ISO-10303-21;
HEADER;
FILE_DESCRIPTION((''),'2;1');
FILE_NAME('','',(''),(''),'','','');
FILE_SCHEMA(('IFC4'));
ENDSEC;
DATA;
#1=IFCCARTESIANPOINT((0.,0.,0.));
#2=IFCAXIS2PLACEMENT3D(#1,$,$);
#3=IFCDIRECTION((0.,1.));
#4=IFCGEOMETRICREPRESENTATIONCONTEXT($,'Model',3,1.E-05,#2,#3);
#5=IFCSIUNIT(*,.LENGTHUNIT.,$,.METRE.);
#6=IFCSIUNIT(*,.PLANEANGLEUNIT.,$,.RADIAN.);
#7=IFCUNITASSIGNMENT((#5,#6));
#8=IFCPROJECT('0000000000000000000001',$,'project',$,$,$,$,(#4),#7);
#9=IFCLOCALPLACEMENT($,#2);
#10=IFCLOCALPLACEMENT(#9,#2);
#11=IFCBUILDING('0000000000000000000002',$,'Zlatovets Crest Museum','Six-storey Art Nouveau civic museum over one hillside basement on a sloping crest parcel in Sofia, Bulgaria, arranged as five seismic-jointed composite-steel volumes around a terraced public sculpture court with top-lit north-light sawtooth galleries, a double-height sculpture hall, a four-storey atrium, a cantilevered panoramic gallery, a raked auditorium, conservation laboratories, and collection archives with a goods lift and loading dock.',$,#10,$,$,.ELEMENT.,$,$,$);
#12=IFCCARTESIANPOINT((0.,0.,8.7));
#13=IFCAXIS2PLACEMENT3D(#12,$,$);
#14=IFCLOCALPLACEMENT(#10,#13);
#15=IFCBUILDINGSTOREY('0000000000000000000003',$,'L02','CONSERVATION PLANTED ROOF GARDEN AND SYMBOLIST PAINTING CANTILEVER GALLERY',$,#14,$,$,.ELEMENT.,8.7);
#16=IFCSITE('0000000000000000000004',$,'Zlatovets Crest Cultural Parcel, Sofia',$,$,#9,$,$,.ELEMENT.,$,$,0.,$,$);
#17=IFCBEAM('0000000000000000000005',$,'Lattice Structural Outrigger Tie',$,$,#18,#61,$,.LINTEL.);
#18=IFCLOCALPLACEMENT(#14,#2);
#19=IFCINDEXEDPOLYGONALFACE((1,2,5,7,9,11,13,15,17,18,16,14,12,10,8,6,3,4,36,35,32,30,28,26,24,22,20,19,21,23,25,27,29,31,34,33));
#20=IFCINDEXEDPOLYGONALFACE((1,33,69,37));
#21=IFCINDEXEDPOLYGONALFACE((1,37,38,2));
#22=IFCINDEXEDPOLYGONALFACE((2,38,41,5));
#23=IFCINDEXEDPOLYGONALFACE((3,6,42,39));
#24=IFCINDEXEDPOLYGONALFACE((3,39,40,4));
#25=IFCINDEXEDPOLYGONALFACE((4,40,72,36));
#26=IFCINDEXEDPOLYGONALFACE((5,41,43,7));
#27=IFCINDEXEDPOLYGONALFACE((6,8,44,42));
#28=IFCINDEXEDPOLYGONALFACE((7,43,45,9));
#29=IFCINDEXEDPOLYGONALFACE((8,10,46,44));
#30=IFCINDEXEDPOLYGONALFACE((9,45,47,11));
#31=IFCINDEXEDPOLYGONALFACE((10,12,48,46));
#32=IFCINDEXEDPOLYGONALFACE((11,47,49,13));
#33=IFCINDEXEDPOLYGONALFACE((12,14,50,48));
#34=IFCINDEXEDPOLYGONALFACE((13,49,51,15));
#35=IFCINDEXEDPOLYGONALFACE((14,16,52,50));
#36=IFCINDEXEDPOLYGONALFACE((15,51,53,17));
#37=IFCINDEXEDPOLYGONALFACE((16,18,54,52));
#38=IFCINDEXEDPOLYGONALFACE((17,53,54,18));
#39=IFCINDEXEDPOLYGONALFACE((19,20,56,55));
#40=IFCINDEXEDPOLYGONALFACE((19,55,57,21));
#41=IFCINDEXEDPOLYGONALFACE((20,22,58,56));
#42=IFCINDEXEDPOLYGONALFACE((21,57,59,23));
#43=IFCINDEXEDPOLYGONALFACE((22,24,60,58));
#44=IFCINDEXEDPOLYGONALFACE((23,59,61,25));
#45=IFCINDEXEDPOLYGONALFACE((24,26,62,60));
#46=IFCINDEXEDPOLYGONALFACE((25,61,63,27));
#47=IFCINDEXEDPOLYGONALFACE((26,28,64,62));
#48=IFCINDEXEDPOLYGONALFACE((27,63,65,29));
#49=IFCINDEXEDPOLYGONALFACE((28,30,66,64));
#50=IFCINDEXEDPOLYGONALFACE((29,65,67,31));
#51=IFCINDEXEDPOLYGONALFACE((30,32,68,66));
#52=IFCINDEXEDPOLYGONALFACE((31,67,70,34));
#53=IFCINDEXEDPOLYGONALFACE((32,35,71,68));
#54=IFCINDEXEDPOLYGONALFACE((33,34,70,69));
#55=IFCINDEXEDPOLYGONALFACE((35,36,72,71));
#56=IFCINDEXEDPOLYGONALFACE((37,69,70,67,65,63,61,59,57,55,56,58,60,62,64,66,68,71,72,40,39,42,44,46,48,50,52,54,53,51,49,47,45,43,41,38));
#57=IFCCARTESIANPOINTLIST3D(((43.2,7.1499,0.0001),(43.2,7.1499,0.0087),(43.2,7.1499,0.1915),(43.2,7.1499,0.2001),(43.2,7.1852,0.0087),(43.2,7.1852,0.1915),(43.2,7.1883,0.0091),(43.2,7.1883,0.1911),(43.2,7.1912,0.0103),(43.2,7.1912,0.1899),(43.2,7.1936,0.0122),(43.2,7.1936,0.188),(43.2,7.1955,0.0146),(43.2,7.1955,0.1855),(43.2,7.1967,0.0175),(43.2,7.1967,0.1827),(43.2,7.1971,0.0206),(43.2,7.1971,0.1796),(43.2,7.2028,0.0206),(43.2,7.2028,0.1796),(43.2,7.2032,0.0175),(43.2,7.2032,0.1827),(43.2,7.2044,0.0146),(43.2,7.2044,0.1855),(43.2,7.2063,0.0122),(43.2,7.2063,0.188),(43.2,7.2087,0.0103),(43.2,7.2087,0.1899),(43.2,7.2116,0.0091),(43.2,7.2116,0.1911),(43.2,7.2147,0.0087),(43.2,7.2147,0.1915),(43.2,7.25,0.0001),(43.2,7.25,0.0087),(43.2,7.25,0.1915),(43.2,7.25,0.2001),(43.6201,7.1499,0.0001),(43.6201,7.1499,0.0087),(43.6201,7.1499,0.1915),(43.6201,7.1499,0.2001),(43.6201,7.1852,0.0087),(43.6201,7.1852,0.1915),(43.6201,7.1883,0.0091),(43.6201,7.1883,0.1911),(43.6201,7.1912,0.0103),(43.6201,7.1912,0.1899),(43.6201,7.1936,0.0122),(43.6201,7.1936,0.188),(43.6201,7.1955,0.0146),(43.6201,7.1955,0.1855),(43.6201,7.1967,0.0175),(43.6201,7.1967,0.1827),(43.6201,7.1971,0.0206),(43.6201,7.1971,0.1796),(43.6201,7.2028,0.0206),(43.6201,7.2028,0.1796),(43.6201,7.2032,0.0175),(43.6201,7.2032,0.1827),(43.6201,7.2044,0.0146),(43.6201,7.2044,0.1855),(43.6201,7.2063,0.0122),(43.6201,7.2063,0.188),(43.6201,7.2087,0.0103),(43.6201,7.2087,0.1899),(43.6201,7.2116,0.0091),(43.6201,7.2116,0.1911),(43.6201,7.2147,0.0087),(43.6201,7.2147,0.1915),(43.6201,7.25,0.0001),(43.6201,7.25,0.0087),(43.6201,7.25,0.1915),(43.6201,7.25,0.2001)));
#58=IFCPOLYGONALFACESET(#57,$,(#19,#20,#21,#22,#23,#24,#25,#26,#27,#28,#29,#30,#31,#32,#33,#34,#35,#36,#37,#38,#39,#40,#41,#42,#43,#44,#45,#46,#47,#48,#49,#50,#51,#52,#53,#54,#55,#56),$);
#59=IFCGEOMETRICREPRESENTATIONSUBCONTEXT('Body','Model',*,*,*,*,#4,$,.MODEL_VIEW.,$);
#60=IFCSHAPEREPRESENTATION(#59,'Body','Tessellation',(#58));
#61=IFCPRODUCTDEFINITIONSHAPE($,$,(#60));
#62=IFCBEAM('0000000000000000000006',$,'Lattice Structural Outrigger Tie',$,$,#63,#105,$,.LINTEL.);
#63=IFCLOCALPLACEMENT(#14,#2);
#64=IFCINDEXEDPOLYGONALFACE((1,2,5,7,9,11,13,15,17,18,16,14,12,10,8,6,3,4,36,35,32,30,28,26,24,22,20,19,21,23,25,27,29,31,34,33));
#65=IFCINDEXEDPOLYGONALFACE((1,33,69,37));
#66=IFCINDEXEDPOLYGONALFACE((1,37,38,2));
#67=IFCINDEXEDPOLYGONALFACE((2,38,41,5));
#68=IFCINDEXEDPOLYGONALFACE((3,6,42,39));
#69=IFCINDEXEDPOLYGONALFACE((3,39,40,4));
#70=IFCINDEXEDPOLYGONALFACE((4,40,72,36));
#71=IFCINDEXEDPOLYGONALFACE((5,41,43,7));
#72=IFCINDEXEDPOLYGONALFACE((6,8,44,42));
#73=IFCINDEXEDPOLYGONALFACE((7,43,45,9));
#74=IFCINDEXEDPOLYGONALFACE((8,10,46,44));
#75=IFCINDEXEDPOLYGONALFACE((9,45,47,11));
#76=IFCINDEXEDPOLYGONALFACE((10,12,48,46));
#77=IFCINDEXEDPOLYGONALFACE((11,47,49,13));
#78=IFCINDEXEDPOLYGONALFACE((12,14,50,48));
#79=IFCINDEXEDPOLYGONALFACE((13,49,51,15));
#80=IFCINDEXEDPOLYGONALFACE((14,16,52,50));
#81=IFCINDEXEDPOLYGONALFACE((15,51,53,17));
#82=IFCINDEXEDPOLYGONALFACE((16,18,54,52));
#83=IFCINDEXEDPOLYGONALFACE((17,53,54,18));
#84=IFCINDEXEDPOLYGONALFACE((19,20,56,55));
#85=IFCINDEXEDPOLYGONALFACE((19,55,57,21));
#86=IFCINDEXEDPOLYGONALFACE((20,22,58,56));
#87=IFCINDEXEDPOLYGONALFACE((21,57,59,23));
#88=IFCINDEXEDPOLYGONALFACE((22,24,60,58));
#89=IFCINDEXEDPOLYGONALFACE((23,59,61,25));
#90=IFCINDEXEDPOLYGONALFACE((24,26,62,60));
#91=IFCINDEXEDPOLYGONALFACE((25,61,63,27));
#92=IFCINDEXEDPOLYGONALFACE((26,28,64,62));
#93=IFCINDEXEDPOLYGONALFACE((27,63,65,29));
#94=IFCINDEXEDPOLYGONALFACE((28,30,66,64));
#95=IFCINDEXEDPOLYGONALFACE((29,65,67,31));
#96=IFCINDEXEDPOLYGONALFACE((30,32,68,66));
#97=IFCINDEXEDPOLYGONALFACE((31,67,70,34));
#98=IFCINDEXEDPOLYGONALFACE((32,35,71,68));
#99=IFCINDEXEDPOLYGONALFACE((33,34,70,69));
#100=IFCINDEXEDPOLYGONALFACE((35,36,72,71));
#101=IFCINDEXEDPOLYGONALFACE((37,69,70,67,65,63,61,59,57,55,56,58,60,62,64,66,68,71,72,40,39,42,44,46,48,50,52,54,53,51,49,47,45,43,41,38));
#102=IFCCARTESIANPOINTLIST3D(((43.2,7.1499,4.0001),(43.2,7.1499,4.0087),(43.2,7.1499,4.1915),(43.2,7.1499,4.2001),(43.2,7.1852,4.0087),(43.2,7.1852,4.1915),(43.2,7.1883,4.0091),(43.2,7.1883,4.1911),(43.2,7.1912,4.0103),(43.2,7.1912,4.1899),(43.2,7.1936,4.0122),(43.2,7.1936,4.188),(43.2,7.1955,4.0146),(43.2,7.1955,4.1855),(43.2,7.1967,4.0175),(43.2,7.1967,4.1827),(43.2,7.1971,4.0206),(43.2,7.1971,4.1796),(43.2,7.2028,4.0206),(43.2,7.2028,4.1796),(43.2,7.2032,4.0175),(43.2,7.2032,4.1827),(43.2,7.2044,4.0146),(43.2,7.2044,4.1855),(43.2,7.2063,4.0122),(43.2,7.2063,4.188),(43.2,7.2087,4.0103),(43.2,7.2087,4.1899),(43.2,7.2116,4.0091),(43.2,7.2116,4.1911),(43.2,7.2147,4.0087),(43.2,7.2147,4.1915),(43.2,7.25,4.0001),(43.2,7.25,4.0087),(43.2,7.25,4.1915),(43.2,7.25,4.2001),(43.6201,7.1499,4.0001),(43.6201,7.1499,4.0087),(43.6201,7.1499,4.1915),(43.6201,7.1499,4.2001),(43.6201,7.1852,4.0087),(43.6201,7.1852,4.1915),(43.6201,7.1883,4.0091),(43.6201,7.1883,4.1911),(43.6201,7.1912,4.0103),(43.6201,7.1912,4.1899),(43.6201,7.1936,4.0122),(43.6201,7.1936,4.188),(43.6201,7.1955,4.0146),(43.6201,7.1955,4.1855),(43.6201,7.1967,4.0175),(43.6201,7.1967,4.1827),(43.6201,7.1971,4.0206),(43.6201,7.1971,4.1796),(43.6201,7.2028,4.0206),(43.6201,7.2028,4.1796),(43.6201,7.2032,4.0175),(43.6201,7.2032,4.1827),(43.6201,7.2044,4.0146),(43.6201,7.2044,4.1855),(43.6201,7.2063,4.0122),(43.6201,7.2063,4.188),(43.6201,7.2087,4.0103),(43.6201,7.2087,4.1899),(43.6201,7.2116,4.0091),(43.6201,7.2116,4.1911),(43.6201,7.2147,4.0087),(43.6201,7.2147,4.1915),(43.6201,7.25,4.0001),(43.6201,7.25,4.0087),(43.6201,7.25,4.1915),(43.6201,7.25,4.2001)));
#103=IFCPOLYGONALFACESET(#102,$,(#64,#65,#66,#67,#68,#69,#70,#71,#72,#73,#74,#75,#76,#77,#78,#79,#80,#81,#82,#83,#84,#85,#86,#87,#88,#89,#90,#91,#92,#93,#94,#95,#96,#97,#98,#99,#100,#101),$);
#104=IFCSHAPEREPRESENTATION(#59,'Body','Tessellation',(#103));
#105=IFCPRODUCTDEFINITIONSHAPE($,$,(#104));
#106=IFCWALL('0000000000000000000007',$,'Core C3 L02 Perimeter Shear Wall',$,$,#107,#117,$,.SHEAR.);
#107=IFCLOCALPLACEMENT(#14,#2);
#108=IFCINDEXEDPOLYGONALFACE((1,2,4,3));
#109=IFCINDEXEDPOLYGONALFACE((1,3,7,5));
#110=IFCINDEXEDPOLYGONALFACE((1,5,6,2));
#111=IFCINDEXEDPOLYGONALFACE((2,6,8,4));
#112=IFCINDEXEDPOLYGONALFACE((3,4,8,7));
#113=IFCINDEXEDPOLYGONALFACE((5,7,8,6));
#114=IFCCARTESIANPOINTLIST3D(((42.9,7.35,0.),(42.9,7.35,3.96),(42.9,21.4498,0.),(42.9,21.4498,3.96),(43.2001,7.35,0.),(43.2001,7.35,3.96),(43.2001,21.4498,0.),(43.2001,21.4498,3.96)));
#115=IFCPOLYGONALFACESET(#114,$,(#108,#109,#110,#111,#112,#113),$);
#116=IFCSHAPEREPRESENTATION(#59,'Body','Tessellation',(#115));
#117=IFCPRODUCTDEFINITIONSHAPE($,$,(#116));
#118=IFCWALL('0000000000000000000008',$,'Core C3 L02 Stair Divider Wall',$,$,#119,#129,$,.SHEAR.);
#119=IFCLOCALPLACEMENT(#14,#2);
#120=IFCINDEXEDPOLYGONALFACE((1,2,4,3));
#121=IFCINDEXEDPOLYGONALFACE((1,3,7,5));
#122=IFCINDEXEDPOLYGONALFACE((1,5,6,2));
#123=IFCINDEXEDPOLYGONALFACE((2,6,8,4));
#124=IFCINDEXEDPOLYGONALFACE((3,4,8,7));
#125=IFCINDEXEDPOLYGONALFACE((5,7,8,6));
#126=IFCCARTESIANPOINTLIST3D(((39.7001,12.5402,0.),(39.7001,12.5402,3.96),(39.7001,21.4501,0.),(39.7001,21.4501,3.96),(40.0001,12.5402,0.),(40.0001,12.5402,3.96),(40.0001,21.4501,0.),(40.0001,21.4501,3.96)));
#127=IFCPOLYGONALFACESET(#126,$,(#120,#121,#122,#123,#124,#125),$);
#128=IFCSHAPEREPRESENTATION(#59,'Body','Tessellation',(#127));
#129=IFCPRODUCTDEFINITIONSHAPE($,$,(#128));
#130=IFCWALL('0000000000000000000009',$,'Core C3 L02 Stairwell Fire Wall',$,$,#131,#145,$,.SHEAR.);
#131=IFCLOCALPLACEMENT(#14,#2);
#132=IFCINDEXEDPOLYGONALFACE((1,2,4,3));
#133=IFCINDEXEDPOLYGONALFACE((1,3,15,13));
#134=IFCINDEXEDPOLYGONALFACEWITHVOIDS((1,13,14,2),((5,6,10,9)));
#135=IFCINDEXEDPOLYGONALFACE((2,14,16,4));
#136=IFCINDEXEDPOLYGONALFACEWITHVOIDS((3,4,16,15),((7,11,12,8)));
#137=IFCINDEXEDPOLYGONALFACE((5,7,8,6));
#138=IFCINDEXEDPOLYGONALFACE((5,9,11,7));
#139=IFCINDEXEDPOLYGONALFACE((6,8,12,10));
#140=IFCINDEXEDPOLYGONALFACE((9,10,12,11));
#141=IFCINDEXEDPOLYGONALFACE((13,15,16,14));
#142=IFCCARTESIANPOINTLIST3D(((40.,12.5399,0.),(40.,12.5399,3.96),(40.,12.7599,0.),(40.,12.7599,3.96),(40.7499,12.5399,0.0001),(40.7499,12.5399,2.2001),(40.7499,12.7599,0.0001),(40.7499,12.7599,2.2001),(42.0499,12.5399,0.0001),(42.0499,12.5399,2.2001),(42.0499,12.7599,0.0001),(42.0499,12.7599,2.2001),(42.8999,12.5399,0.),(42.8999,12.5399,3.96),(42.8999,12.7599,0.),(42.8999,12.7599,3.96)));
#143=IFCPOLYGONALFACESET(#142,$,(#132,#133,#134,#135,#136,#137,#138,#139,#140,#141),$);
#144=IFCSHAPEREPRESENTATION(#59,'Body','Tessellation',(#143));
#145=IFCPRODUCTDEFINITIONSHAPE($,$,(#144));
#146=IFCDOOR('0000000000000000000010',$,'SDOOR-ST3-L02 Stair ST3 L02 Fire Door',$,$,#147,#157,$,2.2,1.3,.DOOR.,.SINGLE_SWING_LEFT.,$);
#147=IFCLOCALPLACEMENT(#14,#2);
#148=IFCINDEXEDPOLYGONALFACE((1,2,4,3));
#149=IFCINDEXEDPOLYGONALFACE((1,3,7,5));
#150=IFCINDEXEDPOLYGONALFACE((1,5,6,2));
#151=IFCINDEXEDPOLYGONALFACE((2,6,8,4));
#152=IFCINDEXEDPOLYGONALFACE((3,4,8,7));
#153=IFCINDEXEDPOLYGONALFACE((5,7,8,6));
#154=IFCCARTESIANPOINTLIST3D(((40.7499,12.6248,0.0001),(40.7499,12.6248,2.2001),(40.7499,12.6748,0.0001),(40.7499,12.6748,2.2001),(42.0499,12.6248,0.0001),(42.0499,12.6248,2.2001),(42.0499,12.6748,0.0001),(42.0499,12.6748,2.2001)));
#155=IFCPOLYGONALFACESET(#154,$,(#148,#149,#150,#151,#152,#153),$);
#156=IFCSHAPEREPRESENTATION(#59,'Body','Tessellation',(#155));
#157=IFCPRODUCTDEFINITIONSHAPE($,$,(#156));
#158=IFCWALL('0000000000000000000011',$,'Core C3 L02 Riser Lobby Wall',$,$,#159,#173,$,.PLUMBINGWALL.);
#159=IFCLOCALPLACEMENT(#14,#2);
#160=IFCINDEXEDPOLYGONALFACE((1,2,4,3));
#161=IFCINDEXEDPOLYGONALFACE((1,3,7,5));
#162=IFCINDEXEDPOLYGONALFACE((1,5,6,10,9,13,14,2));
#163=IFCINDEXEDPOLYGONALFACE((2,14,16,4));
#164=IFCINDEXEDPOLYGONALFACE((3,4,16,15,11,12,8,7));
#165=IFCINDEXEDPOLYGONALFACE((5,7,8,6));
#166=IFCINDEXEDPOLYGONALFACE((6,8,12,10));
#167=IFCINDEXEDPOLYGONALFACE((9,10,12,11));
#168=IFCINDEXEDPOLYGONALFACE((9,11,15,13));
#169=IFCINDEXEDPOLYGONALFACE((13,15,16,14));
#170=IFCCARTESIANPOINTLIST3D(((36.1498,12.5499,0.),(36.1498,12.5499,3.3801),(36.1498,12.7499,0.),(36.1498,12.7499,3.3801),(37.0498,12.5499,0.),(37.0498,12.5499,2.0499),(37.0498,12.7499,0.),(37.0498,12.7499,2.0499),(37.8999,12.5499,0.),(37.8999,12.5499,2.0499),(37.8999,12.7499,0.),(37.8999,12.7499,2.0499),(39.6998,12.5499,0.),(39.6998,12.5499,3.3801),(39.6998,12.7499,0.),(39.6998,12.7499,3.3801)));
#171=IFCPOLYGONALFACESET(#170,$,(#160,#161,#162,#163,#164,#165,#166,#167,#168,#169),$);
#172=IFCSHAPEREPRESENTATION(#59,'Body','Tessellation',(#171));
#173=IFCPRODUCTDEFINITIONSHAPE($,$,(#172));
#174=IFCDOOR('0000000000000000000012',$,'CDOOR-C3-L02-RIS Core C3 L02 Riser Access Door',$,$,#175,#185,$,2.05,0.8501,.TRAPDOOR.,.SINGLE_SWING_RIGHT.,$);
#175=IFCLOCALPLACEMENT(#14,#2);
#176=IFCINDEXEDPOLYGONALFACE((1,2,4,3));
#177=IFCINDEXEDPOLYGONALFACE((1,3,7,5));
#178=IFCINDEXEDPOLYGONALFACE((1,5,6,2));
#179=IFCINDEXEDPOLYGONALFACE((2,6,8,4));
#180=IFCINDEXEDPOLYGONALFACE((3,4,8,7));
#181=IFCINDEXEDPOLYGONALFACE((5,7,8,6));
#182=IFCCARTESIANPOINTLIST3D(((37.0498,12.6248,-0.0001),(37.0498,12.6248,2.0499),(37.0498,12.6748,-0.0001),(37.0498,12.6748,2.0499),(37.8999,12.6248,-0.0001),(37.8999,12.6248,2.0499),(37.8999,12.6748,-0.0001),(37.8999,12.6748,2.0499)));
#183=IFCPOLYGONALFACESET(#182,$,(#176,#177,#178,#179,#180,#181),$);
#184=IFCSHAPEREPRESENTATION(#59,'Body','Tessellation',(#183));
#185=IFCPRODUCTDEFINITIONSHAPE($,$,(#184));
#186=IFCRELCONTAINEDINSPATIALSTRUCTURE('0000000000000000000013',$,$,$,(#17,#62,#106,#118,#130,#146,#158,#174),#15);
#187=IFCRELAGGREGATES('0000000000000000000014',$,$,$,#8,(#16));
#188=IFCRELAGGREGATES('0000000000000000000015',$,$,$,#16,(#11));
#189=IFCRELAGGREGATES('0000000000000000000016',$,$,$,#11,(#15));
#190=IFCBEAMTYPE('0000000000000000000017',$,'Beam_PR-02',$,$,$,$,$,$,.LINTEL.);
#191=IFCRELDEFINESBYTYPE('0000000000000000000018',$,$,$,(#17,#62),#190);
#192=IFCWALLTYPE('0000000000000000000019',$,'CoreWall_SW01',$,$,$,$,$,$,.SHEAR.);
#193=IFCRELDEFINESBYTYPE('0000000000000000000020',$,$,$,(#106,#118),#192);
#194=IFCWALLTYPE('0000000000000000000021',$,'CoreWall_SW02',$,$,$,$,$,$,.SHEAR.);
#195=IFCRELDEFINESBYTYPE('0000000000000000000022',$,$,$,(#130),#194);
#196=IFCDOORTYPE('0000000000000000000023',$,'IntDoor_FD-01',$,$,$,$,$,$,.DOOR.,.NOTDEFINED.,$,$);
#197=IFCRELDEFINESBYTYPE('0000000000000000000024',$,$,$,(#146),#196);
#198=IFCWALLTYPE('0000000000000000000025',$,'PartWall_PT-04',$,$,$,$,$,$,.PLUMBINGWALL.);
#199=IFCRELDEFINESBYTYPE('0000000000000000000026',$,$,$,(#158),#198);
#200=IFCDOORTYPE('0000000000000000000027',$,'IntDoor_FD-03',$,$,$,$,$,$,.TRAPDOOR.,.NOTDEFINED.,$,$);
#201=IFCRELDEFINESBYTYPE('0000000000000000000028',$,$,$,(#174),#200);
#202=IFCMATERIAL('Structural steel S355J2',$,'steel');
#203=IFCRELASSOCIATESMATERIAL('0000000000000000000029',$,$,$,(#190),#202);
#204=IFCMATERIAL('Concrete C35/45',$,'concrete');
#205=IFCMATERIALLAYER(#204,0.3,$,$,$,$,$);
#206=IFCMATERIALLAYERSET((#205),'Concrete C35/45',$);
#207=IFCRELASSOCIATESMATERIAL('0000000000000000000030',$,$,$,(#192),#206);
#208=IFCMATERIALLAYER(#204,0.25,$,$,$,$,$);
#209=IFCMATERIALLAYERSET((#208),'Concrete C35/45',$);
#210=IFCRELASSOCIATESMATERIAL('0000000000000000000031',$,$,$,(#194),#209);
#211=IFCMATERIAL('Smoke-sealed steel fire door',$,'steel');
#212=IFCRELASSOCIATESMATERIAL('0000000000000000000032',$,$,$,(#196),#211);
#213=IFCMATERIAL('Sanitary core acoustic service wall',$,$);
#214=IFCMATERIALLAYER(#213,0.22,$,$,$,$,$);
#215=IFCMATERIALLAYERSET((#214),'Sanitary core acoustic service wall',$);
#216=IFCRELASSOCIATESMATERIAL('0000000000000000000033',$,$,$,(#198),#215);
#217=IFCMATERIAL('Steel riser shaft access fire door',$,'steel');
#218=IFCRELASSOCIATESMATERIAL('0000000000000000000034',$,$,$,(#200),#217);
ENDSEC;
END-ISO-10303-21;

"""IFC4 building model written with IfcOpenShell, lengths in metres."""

from ifc_helpers import new_model, si_unit, direction, frame, frame_2d, origin, origin_2d, place, context, subcontext, project, spatial, rectangle, i_section, extrude, material, layer, layer_set, material_profile, profile_set, type_object, element, fill, save


model = new_model("IFC4")

# Units and contexts
model_context = context("Model", 3, precision=1e-05, world=origin(), true_north=direction((0.0, 1.0)))
body_context = subcontext(model_context, "Body", "Model", "MODEL_VIEW")
ifc_project = project(units=[si_unit("LENGTHUNIT", "METRE"), si_unit("PLANEANGLEUNIT", "RADIAN")], contexts=[model_context])

# Site, building, storey
site_placement = place(None, origin())
site = spatial("IfcSite", under=ifc_project, at=site_placement, Name="Zlatovets Crest Cultural Parcel, Sofia", CompositionType="ELEMENT", RefElevation=0.0)
building_placement = place(site_placement, origin())
building = spatial("IfcBuilding", under=site, at=building_placement, Name="Zlatovets Crest Museum", Description="Six-storey Art Nouveau civic museum over one hillside basement on a sloping crest parcel in Sofia, Bulgaria, arranged as five seismic-jointed composite-steel volumes around a terraced public sculpture court with top-lit north-light sawtooth galleries, a double-height sculpture hall, a four-storey atrium, a cantilevered panoramic gallery, a raked auditorium, conservation laboratories, and collection archives with a goods lift and loading dock.", CompositionType="ELEMENT")
storey_placement = place(building_placement, frame((0.0, 0.0, 8.7)))
storey = spatial("IfcBuildingStorey", under=building, at=storey_placement, Name="L02", Description="CONSERVATION PLANTED ROOF GARDEN AND SYMBOLIST PAINTING CANTILEVER GALLERY", CompositionType="ELEMENT", Elevation=8.7)

# Shared definitions
ifc_material_1 = material(Name="Structural steel S355J2", Category="steel")

# Beams
ifc_material_profile_1 = material_profile(ifc_material_1, i_section(OverallWidth=0.1001, OverallDepth=0.2, WebThickness=0.0056, FlangeThickness=0.0085, FilletRadius=0.012, at=origin_2d()), Name="IPE 200")
ifc_profile_set_1 = profile_set([ifc_material_profile_1], Name="Structural steel S355J2")
beam_type_1 = type_object("IfcBeamType", Name="Beam_PR-02", PredefinedType="LINTEL", material=ifc_profile_set_1)
for number, where, z_axis, x_axis, name in (
    (1, (43.2, 7.2, 0.1001), (1.0, 0.0, 0.0), (0.0, 1.0, 0.0), "Lattice Structural Outrigger Tie"),
    (2, (43.2, 7.2, 4.1001), (1.0, 0.0, 0.0), (0.0, 1.0, 0.0), "Lattice Structural Outrigger Tie"),
):
    element("IfcBeam", number, at=place(storey_placement, frame(where, z_axis=z_axis, x_axis=x_axis)), inside=storey, type_object=beam_type_1, Name=name, PredefinedType="LINTEL", context=body_context, shape_type="SweptSolid", body=[
        extrude(i_section(OverallWidth=0.1001, OverallDepth=0.2, WebThickness=0.0056, FlangeThickness=0.0085, FilletRadius=0.012, at=origin_2d()), origin(), (0.0, 0.0, 1.0), 0.4202),
    ])

# Walls
ifc_material_2 = material(Name="Concrete C35/45", Category="concrete")
ifc_layer_1 = layer(ifc_material_2, 0.3)
ifc_layer_set_1 = layer_set([ifc_layer_1], Name="Concrete C35/45")
wall_type_1 = type_object("IfcWallType", Name="CoreWall_SW01", PredefinedType="SHEAR", material=ifc_layer_set_1)
wall_1_placement = place(storey_placement, frame((43.05, 7.3501, 0.0), z_axis=(0.0, 0.0, 1.0), x_axis=(0.0, 1.0, 0.0)))
element("IfcWall", 3, at=wall_1_placement, inside=storey, type_object=wall_type_1, Name="Core C3 L02 Perimeter Shear Wall", PredefinedType="SHEAR", context=body_context, shape_type="SweptSolid", body=[
    extrude(rectangle(XDim=14.0999, YDim=0.3, at=frame_2d((7.0498, 0.0))), origin(), (0.0, 0.0, 1.0), 3.96),
])
wall_2_placement = place(storey_placement, frame((39.8501, 12.54, 0.0), z_axis=(0.0, 0.0, 1.0), x_axis=(0.0, 1.0, 0.0)))
element("IfcWall", 4, at=wall_2_placement, inside=storey, type_object=wall_type_1, Name="Core C3 L02 Stair Divider Wall", PredefinedType="SHEAR", context=body_context, shape_type="SweptSolid", body=[
    extrude(rectangle(XDim=8.9099, YDim=0.3, at=frame_2d((4.4551, 0.0))), origin(), (0.0, 0.0, 1.0), 3.96),
])

# Walls, openings, doors
ifc_layer_2 = layer(ifc_material_2, 0.25)
ifc_layer_set_2 = layer_set([ifc_layer_2], Name="Concrete C35/45")
wall_type_2 = type_object("IfcWallType", Name="CoreWall_SW02", PredefinedType="SHEAR", material=ifc_layer_set_2)
wall_3_placement = place(storey_placement, frame((40.0, 12.6499, 0.0), z_axis=(0.0, 0.0, 1.0), x_axis=(1.0, 0.0, 0.0)))
wall_3 = element("IfcWall", 5, at=wall_3_placement, inside=storey, type_object=wall_type_2, Name="Core C3 L02 Stairwell Fire Wall", PredefinedType="SHEAR", context=body_context, shape_type="SweptSolid", body=[
    extrude(rectangle(XDim=2.8999, YDim=0.22, at=frame_2d((1.45, 0.0))), origin(), (0.0, 0.0, 1.0), 3.96),
])
opening_1_placement = place(wall_3_placement, frame((0.75, 0.0, 0.0)))
opening_1 = element("IfcOpeningElement", 6, at=opening_1_placement, cuts=wall_3, PredefinedType="OPENING", context=body_context, shape_type="SweptSolid", body=[
    extrude(rectangle(XDim=1.3, YDim=2.2, at=frame_2d((0.6499, 1.1001))), frame((0.0, 0.1201, 0.0), z_axis=(0.0, -1.0, 0.0), x_axis=(1.0, 0.0, 0.0)), (0.0, 0.0, 1.0), 0.24),
])
ifc_material_3 = material(Name="Smoke-sealed steel fire door", Category="steel")
door_type_1 = type_object("IfcDoorType", Name="IntDoor_FD-01", OperationType="NOTDEFINED", PredefinedType="DOOR", material=ifc_material_3)
door_1_placement = place(opening_1_placement, origin())
door_1 = element("IfcDoor", 7, at=door_1_placement, inside=storey, type_object=door_type_1, Name="SDOOR-ST3-L02 Stair ST3 L02 Fire Door", OperationType="SINGLE_SWING_LEFT", OverallHeight=2.2, OverallWidth=1.3, PredefinedType="DOOR", context=body_context, shape_type="SweptSolid", body=[
    extrude(rectangle(XDim=1.3, YDim=2.2, at=frame_2d((0.6499, 1.1001))), frame((0.0, 0.0249, 0.0), z_axis=(0.0, -1.0, 0.0), x_axis=(1.0, 0.0, 0.0)), (0.0, 0.0, 1.0), 0.05),
])
fill(opening_1, door_1)
ifc_material_4 = material(Name="Sanitary core acoustic service wall")
ifc_layer_3 = layer(ifc_material_4, 0.22)
ifc_layer_set_3 = layer_set([ifc_layer_3], Name="Sanitary core acoustic service wall")
wall_type_3 = type_object("IfcWallType", Name="PartWall_PT-04", PredefinedType="PLUMBINGWALL", material=ifc_layer_set_3)
wall_4_placement = place(storey_placement, frame((36.1499, 12.6499, 0.0), z_axis=(0.0, 0.0, 1.0), x_axis=(1.0, 0.0, 0.0)))
wall_4 = element("IfcWall", 8, at=wall_4_placement, inside=storey, type_object=wall_type_3, Name="Core C3 L02 Riser Lobby Wall", PredefinedType="PLUMBINGWALL", context=body_context, shape_type="SweptSolid", body=[
    extrude(rectangle(XDim=3.55, YDim=0.2, at=frame_2d((1.7749, 0.0))), origin(), (0.0, 0.0, 1.0), 3.3801),
])
opening_2_placement = place(wall_4_placement, frame((0.8999, 0.0, 0.0)))
opening_2 = element("IfcOpeningElement", 9, at=opening_2_placement, cuts=wall_4, PredefinedType="OPENING", context=body_context, shape_type="SweptSolid", body=[
    extrude(rectangle(XDim=0.8501, YDim=2.05, at=frame_2d((0.425, 1.0249))), frame((0.0, 0.1099, 0.0), z_axis=(0.0, -1.0, 0.0), x_axis=(1.0, 0.0, 0.0)), (0.0, 0.0, 1.0), 0.22),
])
ifc_material_5 = material(Name="Steel riser shaft access fire door", Category="steel")
door_type_2 = type_object("IfcDoorType", Name="IntDoor_FD-03", OperationType="NOTDEFINED", PredefinedType="TRAPDOOR", material=ifc_material_5)
door_2_placement = place(opening_2_placement, origin())
door_2 = element("IfcDoor", 10, at=door_2_placement, inside=storey, type_object=door_type_2, Name="CDOOR-C3-L02-RIS Core C3 L02 Riser Access Door", OperationType="SINGLE_SWING_RIGHT", OverallHeight=2.05, OverallWidth=0.8501, PredefinedType="TRAPDOOR", context=body_context, shape_type="SweptSolid", body=[
    extrude(rectangle(XDim=0.8501, YDim=2.05, at=frame_2d((0.425, 1.0249))), frame((0.0, 0.0249, 0.0), z_axis=(0.0, -1.0, 0.0), x_axis=(1.0, 0.0, 0.0)), (0.0, 0.0, 1.0), 0.05),
])
fill(opening_2, door_2)

save(model, "model.ifc")
